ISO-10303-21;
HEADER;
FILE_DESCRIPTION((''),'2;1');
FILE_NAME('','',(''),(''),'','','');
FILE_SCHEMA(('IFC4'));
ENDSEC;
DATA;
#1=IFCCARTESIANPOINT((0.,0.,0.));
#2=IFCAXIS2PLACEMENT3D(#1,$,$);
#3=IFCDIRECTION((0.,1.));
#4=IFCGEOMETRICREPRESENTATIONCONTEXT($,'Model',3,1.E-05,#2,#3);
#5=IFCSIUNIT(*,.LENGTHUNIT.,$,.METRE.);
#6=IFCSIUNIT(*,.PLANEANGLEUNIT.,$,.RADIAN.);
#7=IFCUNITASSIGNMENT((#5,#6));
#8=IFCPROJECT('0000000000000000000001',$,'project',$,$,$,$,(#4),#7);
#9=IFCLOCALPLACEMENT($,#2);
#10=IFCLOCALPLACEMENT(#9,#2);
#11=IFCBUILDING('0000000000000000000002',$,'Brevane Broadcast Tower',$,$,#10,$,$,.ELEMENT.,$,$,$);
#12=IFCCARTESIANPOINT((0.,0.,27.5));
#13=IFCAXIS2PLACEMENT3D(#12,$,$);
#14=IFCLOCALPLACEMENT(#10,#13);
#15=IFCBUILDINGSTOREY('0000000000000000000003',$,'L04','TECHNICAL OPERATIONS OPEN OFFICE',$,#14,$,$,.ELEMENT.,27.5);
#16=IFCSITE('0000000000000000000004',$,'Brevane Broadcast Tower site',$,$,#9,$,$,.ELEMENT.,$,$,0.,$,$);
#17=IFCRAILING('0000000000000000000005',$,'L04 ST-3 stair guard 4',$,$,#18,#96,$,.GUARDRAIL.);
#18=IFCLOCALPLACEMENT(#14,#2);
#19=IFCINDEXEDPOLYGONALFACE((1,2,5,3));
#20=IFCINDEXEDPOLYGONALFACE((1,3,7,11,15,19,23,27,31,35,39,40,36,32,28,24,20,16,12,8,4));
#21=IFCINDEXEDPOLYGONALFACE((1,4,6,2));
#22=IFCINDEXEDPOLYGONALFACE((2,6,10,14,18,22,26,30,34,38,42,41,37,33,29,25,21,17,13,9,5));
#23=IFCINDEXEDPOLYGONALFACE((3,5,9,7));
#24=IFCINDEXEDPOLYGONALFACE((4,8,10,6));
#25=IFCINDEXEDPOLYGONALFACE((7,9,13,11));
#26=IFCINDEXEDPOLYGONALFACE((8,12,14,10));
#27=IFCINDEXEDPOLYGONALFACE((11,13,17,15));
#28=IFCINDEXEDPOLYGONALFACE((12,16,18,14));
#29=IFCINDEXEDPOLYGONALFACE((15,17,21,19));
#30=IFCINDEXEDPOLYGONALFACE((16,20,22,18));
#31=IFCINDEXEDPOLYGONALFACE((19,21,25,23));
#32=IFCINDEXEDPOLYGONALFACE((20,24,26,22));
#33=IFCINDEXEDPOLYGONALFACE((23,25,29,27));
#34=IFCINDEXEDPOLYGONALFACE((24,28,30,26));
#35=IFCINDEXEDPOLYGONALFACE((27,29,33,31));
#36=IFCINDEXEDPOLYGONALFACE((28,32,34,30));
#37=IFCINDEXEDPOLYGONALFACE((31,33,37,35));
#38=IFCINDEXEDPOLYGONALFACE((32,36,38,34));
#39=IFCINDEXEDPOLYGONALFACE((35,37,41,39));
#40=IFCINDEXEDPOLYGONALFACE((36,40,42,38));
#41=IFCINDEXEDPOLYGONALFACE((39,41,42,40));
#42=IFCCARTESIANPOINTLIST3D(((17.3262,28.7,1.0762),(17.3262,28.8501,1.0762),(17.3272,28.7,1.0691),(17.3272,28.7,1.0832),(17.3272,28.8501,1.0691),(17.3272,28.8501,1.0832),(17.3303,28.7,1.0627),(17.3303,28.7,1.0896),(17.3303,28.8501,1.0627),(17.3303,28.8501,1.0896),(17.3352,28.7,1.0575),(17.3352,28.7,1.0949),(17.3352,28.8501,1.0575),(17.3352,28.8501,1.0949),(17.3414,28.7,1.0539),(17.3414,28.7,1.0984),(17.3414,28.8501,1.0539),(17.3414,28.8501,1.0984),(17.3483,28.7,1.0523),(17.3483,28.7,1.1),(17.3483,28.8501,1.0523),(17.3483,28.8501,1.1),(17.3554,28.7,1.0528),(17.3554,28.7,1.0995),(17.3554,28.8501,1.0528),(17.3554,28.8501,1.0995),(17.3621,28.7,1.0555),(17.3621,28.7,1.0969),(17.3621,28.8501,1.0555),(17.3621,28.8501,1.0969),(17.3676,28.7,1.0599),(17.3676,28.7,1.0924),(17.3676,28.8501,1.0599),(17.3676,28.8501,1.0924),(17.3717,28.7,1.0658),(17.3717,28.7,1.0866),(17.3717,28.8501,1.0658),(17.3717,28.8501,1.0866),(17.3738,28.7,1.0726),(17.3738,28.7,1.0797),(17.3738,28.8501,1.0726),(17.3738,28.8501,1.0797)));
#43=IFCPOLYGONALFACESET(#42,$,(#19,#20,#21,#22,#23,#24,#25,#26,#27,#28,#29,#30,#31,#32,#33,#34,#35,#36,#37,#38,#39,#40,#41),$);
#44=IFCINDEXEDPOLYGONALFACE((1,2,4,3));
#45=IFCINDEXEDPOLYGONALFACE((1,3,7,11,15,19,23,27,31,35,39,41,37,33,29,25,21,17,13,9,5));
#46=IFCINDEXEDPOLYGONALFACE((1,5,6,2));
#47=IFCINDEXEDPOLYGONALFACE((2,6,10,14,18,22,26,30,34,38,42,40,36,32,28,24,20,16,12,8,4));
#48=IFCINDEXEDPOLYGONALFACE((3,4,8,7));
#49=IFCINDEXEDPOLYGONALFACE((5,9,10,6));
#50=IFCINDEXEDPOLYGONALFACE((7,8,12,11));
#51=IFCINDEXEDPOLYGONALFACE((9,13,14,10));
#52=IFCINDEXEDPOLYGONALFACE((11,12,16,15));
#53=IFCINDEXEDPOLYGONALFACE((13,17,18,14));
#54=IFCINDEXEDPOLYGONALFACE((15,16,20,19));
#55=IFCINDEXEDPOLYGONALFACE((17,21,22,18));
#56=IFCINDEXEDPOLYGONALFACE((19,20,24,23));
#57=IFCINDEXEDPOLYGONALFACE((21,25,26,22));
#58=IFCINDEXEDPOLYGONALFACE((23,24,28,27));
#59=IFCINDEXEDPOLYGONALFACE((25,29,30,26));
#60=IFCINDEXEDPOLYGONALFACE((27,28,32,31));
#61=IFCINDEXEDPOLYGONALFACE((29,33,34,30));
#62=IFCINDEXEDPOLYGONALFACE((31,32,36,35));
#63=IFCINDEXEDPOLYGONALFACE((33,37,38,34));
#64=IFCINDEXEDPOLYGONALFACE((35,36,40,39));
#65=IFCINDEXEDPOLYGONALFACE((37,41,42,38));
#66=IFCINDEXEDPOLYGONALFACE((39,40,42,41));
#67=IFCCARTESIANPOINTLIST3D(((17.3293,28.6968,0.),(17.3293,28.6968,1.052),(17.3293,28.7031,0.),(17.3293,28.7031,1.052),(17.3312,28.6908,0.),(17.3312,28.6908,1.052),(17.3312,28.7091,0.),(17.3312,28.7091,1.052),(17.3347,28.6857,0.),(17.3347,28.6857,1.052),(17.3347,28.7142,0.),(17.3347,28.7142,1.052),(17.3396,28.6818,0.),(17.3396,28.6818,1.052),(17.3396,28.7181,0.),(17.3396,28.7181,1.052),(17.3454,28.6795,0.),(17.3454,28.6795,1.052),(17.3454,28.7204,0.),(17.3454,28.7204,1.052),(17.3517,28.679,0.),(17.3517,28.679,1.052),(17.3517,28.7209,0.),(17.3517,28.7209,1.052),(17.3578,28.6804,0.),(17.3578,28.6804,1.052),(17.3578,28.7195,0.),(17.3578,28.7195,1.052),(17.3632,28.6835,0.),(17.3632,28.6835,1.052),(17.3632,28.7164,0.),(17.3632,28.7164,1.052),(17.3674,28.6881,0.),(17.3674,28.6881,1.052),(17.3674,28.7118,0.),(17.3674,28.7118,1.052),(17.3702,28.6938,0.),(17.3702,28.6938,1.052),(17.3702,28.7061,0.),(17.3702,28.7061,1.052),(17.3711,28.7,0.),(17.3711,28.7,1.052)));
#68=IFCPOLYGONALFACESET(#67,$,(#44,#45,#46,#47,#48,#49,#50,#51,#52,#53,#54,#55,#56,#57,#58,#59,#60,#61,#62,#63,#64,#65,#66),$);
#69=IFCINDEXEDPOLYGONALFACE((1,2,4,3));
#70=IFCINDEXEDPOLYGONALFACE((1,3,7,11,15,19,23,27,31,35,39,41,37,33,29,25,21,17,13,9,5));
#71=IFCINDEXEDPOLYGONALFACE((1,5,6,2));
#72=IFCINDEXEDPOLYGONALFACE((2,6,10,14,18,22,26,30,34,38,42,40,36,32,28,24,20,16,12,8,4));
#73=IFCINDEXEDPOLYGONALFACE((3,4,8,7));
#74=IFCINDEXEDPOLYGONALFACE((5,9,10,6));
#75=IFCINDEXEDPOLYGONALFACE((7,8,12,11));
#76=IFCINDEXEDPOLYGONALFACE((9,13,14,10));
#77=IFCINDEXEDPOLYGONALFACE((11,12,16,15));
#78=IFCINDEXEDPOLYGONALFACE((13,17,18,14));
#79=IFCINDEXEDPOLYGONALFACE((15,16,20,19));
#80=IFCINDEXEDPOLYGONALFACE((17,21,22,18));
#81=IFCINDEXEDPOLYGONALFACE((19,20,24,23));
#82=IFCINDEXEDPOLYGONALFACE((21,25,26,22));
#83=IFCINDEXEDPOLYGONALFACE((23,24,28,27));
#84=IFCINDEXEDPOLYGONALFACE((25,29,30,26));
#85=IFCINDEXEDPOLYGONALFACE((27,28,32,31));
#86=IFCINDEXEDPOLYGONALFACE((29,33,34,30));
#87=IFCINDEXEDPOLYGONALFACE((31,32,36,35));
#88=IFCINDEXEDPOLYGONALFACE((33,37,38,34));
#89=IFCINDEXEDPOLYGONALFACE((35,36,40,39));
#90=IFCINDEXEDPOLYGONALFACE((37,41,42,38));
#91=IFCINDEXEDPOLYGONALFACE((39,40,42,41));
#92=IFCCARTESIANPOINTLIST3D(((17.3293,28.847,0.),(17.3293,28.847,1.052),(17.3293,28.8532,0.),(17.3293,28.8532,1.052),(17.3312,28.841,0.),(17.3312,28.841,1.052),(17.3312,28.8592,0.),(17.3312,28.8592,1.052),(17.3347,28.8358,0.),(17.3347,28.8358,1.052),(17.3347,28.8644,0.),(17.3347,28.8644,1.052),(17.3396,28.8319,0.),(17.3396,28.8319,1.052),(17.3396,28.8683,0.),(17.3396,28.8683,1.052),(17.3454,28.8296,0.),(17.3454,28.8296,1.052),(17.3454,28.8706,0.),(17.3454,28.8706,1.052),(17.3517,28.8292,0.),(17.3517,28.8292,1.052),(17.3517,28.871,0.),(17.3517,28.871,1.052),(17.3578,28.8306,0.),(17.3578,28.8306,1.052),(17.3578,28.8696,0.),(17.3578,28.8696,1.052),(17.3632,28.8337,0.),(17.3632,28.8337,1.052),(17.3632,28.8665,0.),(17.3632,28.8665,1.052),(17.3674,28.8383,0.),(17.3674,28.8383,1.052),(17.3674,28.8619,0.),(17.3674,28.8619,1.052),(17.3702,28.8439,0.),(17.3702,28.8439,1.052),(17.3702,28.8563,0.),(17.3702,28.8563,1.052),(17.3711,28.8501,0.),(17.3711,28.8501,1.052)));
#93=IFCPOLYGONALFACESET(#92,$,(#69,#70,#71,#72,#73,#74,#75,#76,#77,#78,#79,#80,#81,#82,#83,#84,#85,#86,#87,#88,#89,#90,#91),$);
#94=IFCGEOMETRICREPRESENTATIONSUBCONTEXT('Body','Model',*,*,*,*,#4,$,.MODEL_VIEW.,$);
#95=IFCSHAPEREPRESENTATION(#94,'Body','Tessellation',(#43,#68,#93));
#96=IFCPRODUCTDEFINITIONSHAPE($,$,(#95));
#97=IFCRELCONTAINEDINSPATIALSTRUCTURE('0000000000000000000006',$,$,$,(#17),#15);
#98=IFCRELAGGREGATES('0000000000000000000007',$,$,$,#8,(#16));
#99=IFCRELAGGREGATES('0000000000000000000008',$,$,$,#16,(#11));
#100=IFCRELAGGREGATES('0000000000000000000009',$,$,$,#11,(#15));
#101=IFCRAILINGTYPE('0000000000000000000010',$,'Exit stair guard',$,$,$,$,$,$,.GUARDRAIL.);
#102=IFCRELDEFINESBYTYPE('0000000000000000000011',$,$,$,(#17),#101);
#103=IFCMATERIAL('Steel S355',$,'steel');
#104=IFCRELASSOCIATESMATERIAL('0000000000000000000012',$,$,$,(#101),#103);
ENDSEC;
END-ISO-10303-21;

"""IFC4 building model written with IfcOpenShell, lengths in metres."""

from ifc_helpers import new_model, si_unit, direction, frame, origin, origin_2d, place, context, subcontext, project, spatial, circle, extrude, material, type_object, element, save


model = new_model("IFC4")

# Units and contexts
model_context = context("Model", 3, precision=1e-05, world=origin(), true_north=direction((0.0, 1.0)))
body_context = subcontext(model_context, "Body", "Model", "MODEL_VIEW")
ifc_project = project(units=[si_unit("LENGTHUNIT", "METRE"), si_unit("PLANEANGLEUNIT", "RADIAN")], contexts=[model_context])

# Site, building, storey
site_placement = place(None, origin())
site = spatial("IfcSite", under=ifc_project, at=site_placement, Name="Brevane Broadcast Tower site", CompositionType="ELEMENT", RefElevation=0.0)
building_placement = place(site_placement, origin())
building = spatial("IfcBuilding", under=site, at=building_placement, Name="Brevane Broadcast Tower", CompositionType="ELEMENT")
storey_placement = place(building_placement, frame((0.0, 0.0, 27.5)))
storey = spatial("IfcBuildingStorey", under=building, at=storey_placement, Name="L04", Description="TECHNICAL OPERATIONS OPEN OFFICE", CompositionType="ELEMENT", Elevation=27.5)

# Railing
ifc_material_1 = material(Name="Steel S355", Category="steel")
railing_type_1 = type_object("IfcRailingType", Name="Exit stair guard", PredefinedType="GUARDRAIL", material=ifc_material_1)
railing_1_placement = place(storey_placement, frame((17.3501, 28.7, 0.0)))
element("IfcRailing", 1, at=railing_1_placement, inside=storey, type_object=railing_type_1, Name="L04 ST-3 stair guard 4", PredefinedType="GUARDRAIL", context=body_context, shape_type="SweptSolid", body=[
    extrude(circle(Radius=0.0239, at=origin_2d()), frame((0.0, 0.0, 1.0762), z_axis=(0.0, 1.0, 0.0), x_axis=(-1.0, 0.0, 0.0)), (0.0, 0.0, 1.0), 0.1501),
    extrude(circle(Radius=0.021, at=origin_2d()), origin(), (0.0, 0.0, 1.0), 1.052),
    extrude(circle(Radius=0.021, at=origin_2d()), frame((0.0, 0.1501, 0.0)), (0.0, 0.0, 1.0), 1.052),
])

save(model, "model.ifc")
